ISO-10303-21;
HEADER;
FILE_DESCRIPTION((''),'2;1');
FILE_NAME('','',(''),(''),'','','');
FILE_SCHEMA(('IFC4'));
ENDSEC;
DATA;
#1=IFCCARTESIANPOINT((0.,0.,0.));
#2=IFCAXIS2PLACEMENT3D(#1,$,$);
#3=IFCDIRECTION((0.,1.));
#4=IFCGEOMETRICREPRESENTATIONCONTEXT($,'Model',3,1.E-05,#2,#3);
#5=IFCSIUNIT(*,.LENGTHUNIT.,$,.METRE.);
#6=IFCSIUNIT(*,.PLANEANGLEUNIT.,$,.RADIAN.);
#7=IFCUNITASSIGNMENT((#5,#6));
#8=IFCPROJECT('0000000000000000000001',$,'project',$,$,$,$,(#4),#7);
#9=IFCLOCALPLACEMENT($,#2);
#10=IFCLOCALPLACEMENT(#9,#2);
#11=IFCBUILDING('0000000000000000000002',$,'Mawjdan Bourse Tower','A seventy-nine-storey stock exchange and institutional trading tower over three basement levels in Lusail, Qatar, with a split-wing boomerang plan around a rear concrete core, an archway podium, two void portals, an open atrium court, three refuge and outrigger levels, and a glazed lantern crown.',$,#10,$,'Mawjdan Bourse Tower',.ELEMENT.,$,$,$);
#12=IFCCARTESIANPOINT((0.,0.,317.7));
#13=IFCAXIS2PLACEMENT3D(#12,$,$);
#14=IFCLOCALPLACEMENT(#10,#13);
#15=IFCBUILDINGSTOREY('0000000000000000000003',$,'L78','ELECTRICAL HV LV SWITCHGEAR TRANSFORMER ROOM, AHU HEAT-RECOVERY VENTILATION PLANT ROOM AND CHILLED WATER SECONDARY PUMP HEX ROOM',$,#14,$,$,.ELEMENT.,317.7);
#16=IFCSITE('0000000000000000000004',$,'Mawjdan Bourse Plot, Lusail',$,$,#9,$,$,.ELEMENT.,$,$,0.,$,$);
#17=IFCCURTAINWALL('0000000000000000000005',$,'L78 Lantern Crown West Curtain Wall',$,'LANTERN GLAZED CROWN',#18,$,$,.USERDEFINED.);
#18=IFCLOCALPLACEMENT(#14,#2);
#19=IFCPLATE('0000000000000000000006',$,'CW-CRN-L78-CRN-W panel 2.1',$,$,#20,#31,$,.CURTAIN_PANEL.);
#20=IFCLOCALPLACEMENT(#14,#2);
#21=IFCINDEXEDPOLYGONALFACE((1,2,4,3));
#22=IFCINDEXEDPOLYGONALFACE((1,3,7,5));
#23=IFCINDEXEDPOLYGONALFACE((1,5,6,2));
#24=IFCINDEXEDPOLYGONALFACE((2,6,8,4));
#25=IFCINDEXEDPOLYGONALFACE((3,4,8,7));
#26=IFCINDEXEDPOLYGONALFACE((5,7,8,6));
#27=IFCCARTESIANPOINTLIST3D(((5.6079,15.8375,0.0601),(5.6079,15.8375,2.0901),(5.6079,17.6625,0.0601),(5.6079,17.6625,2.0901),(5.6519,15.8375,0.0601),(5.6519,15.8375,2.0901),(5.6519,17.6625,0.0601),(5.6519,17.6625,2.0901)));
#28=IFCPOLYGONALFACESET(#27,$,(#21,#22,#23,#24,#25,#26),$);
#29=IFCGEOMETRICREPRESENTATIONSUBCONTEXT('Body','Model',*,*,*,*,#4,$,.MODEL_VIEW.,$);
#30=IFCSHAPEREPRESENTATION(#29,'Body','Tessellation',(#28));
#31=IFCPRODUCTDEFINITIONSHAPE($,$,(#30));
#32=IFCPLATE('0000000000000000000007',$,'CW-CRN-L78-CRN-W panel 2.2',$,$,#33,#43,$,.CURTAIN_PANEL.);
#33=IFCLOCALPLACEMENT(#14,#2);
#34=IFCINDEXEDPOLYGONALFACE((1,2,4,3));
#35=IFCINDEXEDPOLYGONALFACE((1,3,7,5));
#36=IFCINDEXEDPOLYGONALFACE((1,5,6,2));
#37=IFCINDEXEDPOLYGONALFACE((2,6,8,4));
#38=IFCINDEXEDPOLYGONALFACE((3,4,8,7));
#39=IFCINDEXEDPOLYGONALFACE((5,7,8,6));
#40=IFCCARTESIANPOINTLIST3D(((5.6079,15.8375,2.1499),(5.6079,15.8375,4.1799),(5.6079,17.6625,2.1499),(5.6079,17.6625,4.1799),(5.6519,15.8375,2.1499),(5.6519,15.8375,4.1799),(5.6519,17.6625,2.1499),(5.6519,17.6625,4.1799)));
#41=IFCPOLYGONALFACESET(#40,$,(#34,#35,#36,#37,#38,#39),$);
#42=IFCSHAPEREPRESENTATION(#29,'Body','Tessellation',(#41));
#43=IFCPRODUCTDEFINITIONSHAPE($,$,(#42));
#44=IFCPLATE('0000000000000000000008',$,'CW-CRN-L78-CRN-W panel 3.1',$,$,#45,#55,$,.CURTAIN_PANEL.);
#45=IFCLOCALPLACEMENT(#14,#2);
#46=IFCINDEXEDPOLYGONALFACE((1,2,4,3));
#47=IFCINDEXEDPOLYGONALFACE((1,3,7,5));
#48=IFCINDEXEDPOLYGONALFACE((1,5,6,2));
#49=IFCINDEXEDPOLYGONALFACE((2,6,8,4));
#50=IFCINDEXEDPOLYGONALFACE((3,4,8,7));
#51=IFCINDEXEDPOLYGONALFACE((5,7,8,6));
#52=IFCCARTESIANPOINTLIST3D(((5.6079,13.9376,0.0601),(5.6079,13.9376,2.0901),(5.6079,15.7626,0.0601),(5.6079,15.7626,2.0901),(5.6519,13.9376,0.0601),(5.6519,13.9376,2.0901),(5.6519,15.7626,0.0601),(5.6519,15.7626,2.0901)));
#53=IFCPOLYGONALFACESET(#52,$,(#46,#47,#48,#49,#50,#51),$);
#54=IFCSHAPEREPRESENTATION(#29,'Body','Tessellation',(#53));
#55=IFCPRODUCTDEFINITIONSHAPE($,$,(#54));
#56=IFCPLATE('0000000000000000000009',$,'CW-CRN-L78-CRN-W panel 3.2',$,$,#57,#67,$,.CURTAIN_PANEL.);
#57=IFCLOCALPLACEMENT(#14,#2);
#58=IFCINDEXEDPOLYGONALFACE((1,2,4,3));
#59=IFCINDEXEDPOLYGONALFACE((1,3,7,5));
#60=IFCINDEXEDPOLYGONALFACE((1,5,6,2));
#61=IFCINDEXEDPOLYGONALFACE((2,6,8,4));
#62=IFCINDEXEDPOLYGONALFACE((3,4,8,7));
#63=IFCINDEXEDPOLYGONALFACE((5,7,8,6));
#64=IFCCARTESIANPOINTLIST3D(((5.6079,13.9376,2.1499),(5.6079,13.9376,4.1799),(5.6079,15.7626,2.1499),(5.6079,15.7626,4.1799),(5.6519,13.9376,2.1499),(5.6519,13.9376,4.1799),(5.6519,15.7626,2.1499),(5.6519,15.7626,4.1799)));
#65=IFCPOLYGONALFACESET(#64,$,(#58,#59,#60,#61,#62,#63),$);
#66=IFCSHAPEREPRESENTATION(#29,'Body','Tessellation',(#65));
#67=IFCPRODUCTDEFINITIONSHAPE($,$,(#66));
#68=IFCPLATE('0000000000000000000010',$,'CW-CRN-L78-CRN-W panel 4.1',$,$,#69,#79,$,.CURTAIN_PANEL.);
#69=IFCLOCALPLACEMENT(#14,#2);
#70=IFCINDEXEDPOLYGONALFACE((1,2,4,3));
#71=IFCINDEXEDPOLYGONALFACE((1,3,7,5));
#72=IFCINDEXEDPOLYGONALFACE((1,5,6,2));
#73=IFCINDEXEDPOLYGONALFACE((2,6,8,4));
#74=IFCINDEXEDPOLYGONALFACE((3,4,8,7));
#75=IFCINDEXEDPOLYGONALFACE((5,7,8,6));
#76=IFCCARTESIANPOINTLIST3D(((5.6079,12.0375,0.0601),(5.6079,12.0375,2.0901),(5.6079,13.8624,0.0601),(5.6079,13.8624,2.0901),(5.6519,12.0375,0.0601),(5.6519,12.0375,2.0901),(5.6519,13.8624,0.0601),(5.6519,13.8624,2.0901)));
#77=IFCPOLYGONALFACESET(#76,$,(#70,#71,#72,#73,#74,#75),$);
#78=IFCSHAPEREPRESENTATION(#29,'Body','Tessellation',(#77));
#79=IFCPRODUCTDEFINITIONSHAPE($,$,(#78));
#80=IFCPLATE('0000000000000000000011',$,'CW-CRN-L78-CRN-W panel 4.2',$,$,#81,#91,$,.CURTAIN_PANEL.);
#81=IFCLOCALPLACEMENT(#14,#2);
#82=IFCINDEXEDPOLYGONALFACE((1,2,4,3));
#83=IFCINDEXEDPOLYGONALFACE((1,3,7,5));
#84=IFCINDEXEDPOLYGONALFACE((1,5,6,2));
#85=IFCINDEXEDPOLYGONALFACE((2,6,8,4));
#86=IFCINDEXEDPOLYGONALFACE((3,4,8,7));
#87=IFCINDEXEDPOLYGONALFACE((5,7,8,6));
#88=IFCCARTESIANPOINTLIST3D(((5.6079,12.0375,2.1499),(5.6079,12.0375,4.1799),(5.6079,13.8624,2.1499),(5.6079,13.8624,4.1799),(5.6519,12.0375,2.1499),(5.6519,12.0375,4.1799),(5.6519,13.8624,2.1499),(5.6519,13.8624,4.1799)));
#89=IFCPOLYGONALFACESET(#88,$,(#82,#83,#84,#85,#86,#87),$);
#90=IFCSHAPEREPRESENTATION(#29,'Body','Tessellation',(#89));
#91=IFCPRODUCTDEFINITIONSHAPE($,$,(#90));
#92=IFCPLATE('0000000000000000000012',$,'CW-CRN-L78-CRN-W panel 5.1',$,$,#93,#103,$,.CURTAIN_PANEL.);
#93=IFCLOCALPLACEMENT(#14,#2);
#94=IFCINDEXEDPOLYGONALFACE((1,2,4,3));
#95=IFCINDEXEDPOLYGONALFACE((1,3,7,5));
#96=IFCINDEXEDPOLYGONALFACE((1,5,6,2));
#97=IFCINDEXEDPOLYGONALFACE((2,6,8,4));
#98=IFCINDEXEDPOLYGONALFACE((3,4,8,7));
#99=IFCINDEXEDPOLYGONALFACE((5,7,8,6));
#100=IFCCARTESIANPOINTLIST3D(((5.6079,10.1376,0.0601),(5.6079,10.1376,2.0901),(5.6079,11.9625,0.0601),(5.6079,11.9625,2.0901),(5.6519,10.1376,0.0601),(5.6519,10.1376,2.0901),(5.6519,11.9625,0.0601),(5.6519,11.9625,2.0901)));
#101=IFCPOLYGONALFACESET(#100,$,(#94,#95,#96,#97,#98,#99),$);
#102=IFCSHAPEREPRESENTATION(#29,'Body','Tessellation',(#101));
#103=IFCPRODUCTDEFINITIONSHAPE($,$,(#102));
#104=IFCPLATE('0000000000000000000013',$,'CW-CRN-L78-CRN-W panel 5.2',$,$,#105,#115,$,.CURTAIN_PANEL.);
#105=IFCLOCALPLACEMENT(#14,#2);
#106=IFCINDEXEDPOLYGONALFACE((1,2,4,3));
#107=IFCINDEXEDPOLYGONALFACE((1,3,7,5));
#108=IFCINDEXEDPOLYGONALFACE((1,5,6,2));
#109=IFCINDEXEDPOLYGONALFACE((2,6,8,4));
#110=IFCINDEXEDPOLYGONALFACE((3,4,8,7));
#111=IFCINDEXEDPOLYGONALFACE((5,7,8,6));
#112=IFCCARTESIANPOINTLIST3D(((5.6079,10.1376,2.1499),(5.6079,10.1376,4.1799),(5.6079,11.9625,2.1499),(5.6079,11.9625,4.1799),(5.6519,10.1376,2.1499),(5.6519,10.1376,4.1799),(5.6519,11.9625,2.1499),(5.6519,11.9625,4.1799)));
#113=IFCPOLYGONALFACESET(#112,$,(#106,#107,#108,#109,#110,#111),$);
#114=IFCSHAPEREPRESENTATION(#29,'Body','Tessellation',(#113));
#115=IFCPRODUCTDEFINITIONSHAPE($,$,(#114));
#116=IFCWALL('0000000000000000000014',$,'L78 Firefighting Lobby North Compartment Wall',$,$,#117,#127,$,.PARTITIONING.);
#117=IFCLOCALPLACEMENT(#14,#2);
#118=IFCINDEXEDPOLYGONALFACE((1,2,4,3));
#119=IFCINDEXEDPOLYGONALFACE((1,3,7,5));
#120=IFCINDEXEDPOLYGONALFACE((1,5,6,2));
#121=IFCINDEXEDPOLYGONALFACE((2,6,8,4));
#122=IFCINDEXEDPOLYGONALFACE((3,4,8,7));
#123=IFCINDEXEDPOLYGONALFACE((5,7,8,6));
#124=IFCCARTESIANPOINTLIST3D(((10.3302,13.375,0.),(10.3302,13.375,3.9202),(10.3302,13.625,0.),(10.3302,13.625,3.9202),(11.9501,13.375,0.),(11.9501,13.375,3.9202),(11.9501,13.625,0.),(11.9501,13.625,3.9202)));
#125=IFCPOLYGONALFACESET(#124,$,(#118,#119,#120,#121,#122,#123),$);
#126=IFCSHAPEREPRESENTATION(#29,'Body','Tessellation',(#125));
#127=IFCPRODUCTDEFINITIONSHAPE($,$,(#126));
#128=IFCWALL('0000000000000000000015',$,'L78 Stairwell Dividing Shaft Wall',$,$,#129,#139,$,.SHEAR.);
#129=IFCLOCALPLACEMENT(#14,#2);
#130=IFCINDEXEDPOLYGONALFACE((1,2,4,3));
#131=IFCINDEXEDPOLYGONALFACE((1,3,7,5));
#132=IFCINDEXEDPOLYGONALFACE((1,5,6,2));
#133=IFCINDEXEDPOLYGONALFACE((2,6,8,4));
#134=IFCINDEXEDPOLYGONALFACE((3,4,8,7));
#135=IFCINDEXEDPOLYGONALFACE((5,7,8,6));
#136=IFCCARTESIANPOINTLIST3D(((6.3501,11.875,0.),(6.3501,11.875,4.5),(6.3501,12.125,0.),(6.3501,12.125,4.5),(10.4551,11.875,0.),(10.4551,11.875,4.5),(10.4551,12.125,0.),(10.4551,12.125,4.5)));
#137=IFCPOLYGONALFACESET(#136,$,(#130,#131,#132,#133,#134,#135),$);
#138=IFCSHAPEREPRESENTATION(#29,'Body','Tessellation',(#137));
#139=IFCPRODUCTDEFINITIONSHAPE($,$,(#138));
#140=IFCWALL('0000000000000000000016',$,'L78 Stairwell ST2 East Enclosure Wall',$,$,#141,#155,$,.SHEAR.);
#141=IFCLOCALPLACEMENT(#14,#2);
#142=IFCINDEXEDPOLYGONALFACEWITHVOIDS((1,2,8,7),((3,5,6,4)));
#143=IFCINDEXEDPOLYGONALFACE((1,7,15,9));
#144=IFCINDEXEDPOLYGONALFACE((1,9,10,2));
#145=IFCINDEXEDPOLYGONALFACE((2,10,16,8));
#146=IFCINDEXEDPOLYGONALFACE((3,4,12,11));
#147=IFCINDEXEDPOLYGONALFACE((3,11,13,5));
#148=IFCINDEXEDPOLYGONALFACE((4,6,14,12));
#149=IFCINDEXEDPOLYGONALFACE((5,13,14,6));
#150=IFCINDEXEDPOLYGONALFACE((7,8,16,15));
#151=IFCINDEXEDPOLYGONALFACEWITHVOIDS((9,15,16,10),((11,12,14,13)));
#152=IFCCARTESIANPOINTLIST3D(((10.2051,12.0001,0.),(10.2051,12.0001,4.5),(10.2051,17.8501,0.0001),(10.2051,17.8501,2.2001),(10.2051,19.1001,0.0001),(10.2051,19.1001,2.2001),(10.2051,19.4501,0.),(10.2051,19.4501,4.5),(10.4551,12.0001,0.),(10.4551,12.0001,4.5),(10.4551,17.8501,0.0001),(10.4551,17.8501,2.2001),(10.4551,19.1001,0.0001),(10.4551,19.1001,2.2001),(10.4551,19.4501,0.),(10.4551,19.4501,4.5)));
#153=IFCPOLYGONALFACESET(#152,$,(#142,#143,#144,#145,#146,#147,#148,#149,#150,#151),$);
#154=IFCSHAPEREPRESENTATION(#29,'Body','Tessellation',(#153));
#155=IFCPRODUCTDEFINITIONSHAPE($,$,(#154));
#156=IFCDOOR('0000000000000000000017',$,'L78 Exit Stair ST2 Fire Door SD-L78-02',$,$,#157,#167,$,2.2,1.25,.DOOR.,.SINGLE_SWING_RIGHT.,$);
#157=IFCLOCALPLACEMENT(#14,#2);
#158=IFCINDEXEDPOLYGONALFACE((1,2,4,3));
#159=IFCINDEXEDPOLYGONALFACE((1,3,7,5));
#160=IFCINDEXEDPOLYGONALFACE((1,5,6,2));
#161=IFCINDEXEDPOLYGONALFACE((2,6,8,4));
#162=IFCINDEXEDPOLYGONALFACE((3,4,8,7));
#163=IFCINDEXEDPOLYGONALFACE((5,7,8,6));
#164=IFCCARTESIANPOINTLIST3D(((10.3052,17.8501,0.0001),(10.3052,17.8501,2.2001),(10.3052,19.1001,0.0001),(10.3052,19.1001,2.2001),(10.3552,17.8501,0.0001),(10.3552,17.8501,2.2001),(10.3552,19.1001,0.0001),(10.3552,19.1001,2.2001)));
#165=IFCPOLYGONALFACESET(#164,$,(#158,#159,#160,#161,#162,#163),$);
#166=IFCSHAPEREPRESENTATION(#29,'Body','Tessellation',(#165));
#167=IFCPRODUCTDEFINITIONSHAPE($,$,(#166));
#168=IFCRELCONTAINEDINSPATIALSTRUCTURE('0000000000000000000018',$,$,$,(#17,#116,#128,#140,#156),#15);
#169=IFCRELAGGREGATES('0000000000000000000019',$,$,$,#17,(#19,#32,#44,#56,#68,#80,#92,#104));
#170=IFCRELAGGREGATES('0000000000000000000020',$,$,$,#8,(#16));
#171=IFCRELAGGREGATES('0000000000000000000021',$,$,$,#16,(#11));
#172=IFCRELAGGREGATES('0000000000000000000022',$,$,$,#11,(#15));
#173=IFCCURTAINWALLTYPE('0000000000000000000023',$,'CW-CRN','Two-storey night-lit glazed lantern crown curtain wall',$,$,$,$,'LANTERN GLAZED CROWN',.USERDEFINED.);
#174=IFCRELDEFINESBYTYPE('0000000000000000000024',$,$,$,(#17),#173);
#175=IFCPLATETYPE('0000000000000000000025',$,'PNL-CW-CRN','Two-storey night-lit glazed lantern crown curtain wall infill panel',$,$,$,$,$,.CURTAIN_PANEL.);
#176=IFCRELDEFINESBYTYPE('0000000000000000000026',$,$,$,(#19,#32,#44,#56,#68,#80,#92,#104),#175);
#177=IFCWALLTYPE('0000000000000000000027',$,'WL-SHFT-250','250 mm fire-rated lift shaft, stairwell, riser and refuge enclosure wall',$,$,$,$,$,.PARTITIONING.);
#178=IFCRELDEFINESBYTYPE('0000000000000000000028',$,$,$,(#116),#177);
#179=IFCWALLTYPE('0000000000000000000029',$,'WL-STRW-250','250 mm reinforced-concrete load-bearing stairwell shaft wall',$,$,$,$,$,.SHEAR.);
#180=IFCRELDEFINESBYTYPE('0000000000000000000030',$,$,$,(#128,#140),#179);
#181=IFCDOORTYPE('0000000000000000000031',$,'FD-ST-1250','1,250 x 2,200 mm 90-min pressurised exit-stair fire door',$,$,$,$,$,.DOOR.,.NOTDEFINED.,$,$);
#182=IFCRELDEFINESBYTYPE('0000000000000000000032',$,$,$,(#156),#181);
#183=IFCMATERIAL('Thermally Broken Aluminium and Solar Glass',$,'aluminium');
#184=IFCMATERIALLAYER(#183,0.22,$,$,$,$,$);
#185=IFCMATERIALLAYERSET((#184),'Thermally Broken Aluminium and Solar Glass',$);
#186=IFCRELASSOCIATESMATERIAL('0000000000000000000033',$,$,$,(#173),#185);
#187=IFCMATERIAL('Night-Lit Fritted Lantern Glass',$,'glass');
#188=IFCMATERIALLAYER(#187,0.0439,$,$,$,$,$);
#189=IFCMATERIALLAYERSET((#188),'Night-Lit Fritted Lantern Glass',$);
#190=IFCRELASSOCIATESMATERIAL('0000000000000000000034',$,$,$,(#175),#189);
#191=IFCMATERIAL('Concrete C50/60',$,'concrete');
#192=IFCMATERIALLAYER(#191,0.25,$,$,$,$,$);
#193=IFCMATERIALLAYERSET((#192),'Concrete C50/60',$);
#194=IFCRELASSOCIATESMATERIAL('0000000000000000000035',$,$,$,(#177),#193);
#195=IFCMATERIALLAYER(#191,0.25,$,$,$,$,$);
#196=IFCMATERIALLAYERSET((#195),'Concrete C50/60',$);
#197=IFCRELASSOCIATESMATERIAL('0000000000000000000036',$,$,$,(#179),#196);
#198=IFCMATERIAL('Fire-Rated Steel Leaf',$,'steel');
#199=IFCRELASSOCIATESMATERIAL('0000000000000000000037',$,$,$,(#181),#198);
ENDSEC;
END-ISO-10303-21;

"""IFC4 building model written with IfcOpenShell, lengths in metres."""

from ifc_helpers import new_model, si_unit, direction, frame, frame_2d, origin, origin_2d, place, context, subcontext, project, spatial, rectangle, extrude, material, layer, layer_set, type_object, element, fill, aggregate, save


model = new_model("IFC4")

# Units and contexts
model_context = context("Model", 3, precision=1e-05, world=origin(), true_north=direction((0.0, 1.0)))
body_context = subcontext(model_context, "Body", "Model", "MODEL_VIEW")
ifc_project = project(units=[si_unit("LENGTHUNIT", "METRE"), si_unit("PLANEANGLEUNIT", "RADIAN")], contexts=[model_context])

# Site, building, storey
site_placement = place(None, origin())
site = spatial("IfcSite", under=ifc_project, at=site_placement, Name="Mawjdan Bourse Plot, Lusail", CompositionType="ELEMENT", RefElevation=0.0)
building_placement = place(site_placement, origin())
building = spatial("IfcBuilding", under=site, at=building_placement, Name="Mawjdan Bourse Tower", Description="A seventy-nine-storey stock exchange and institutional trading tower over three basement levels in Lusail, Qatar, with a split-wing boomerang plan around a rear concrete core, an archway podium, two void portals, an open atrium court, three refuge and outrigger levels, and a glazed lantern crown.", LongName="Mawjdan Bourse Tower", CompositionType="ELEMENT")
storey_placement = place(building_placement, frame((0.0, 0.0, 317.7)))
storey = spatial("IfcBuildingStorey", under=building, at=storey_placement, Name="L78", Description="ELECTRICAL HV LV SWITCHGEAR TRANSFORMER ROOM, AHU HEAT-RECOVERY VENTILATION PLANT ROOM AND CHILLED WATER SECONDARY PUMP HEX ROOM", CompositionType="ELEMENT", Elevation=317.7)

# Curtain wall, plates
ifc_material_1 = material(Name="Thermally Broken Aluminium and Solar Glass", Category="aluminium")
ifc_layer_1 = layer(ifc_material_1, 0.22)
ifc_layer_set_1 = layer_set([ifc_layer_1], Name="Thermally Broken Aluminium and Solar Glass")
curtain_wall_type = type_object("IfcCurtainWallType", Name="CW-CRN", Description="Two-storey night-lit glazed lantern crown curtain wall", ElementType="LANTERN GLAZED CROWN", PredefinedType="USERDEFINED", material=ifc_layer_set_1)
curtain_wall_placement = place(storey_placement, origin())
curtain_wall = element("IfcCurtainWall", 1, at=curtain_wall_placement, inside=storey, type_object=curtain_wall_type, Name="L78 Lantern Crown West Curtain Wall", ObjectType="LANTERN GLAZED CROWN", PredefinedType="USERDEFINED")
ifc_material_2 = material(Name="Night-Lit Fritted Lantern Glass", Category="glass")
ifc_layer_2 = layer(ifc_material_2, 0.0439)
ifc_layer_set_2 = layer_set([ifc_layer_2], Name="Night-Lit Fritted Lantern Glass")
plate_type = type_object("IfcPlateType", Name="PNL-CW-CRN", Description="Two-storey night-lit glazed lantern crown curtain wall infill panel", PredefinedType="CURTAIN_PANEL", material=ifc_layer_set_2)
plate_1_placement = place(storey_placement, frame((5.6299, 16.75, 0.0601), z_axis=(0.0, 0.0, 1.0), x_axis=(0.0, -1.0, 0.0)))
plate_1 = element("IfcPlate", 2, at=plate_1_placement, type_object=plate_type, Name="CW-CRN-L78-CRN-W panel 2.1", PredefinedType="CURTAIN_PANEL", context=body_context, shape_type="SweptSolid", body=[
    extrude(rectangle(XDim=1.825, YDim=0.0439, at=origin_2d()), origin(), (0.0, 0.0, 1.0), 2.03),
])
plate_2_placement = place(storey_placement, frame((5.6299, 16.75, 2.1499), z_axis=(0.0, 0.0, 1.0), x_axis=(0.0, -1.0, 0.0)))
plate_2 = element("IfcPlate", 3, at=plate_2_placement, type_object=plate_type, Name="CW-CRN-L78-CRN-W panel 2.2", PredefinedType="CURTAIN_PANEL", context=body_context, shape_type="SweptSolid", body=[
    extrude(rectangle(XDim=1.825, YDim=0.0439, at=origin_2d()), origin(), (0.0, 0.0, 1.0), 2.03),
])
plate_3_placement = place(storey_placement, frame((5.6299, 14.8501, 0.0601), z_axis=(0.0, 0.0, 1.0), x_axis=(0.0, -1.0, 0.0)))
plate_3 = element("IfcPlate", 4, at=plate_3_placement, type_object=plate_type, Name="CW-CRN-L78-CRN-W panel 3.1", PredefinedType="CURTAIN_PANEL", context=body_context, shape_type="SweptSolid", body=[
    extrude(rectangle(XDim=1.825, YDim=0.0439, at=origin_2d()), origin(), (0.0, 0.0, 1.0), 2.03),
])
plate_4_placement = place(storey_placement, frame((5.6299, 14.8501, 2.1499), z_axis=(0.0, 0.0, 1.0), x_axis=(0.0, -1.0, 0.0)))
plate_4 = element("IfcPlate", 5, at=plate_4_placement, type_object=plate_type, Name="CW-CRN-L78-CRN-W panel 3.2", PredefinedType="CURTAIN_PANEL", context=body_context, shape_type="SweptSolid", body=[
    extrude(rectangle(XDim=1.825, YDim=0.0439, at=origin_2d()), origin(), (0.0, 0.0, 1.0), 2.03),
])
plate_5_placement = place(storey_placement, frame((5.6299, 12.95, 0.0601), z_axis=(0.0, 0.0, 1.0), x_axis=(0.0, -1.0, 0.0)))
plate_5 = element("IfcPlate", 6, at=plate_5_placement, type_object=plate_type, Name="CW-CRN-L78-CRN-W panel 4.1", PredefinedType="CURTAIN_PANEL", context=body_context, shape_type="SweptSolid", body=[
    extrude(rectangle(XDim=1.825, YDim=0.0439, at=origin_2d()), origin(), (0.0, 0.0, 1.0), 2.03),
])
plate_6_placement = place(storey_placement, frame((5.6299, 12.95, 2.1499), z_axis=(0.0, 0.0, 1.0), x_axis=(0.0, -1.0, 0.0)))
plate_6 = element("IfcPlate", 7, at=plate_6_placement, type_object=plate_type, Name="CW-CRN-L78-CRN-W panel 4.2", PredefinedType="CURTAIN_PANEL", context=body_context, shape_type="SweptSolid", body=[
    extrude(rectangle(XDim=1.825, YDim=0.0439, at=origin_2d()), origin(), (0.0, 0.0, 1.0), 2.03),
])
plate_7_placement = place(storey_placement, frame((5.6299, 11.05, 0.0601), z_axis=(0.0, 0.0, 1.0), x_axis=(0.0, -1.0, 0.0)))
plate_7 = element("IfcPlate", 8, at=plate_7_placement, type_object=plate_type, Name="CW-CRN-L78-CRN-W panel 5.1", PredefinedType="CURTAIN_PANEL", context=body_context, shape_type="SweptSolid", body=[
    extrude(rectangle(XDim=1.825, YDim=0.0439, at=origin_2d()), origin(), (0.0, 0.0, 1.0), 2.03),
])
plate_8_placement = place(storey_placement, frame((5.6299, 11.05, 2.1499), z_axis=(0.0, 0.0, 1.0), x_axis=(0.0, -1.0, 0.0)))
plate_8 = element("IfcPlate", 9, at=plate_8_placement, type_object=plate_type, Name="CW-CRN-L78-CRN-W panel 5.2", PredefinedType="CURTAIN_PANEL", context=body_context, shape_type="SweptSolid", body=[
    extrude(rectangle(XDim=1.825, YDim=0.0439, at=origin_2d()), origin(), (0.0, 0.0, 1.0), 2.03),
])
aggregate(curtain_wall, [plate_1, plate_2, plate_3, plate_4, plate_5, plate_6, plate_7, plate_8])

# Walls
ifc_material_3 = material(Name="Concrete C50/60", Category="concrete")
ifc_layer_3 = layer(ifc_material_3, 0.25)
ifc_layer_set_3 = layer_set([ifc_layer_3], Name="Concrete C50/60")
wall_type_1 = type_object("IfcWallType", Name="WL-SHFT-250", Description="250 mm fire-rated lift shaft, stairwell, riser and refuge enclosure wall", PredefinedType="PARTITIONING", material=ifc_layer_set_3)
wall_1_placement = place(storey_placement, frame((10.3301, 13.5, 0.0), z_axis=(0.0, 0.0, 1.0), x_axis=(1.0, 0.0, 0.0)))
element("IfcWall", 10, at=wall_1_placement, inside=storey, type_object=wall_type_1, Name="L78 Firefighting Lobby North Compartment Wall", PredefinedType="PARTITIONING", context=body_context, shape_type="SweptSolid", body=[
    extrude(rectangle(XDim=1.6199, YDim=0.25, at=frame_2d((0.8101, 0.0))), origin(), (0.0, 0.0, 1.0), 3.9202),
])
ifc_layer_4 = layer(ifc_material_3, 0.25)
ifc_layer_set_4 = layer_set([ifc_layer_4], Name="Concrete C50/60")
wall_type_2 = type_object("IfcWallType", Name="WL-STRW-250", Description="250 mm reinforced-concrete load-bearing stairwell shaft wall", PredefinedType="SHEAR", material=ifc_layer_set_4)
wall_2_placement = place(storey_placement, frame((6.3501, 12.0, 0.0), z_axis=(0.0, 0.0, 1.0), x_axis=(1.0, 0.0, 0.0)))
element("IfcWall", 11, at=wall_2_placement, inside=storey, type_object=wall_type_2, Name="L78 Stairwell Dividing Shaft Wall", PredefinedType="SHEAR", context=body_context, shape_type="SweptSolid", body=[
    extrude(rectangle(XDim=4.105, YDim=0.25, at=frame_2d((2.0525, 0.0))), origin(), (0.0, 0.0, 1.0), 4.5),
])

# Wall, opening, door
wall_3_placement = place(storey_placement, frame((10.3301, 12.0, 0.0), z_axis=(0.0, 0.0, 1.0), x_axis=(0.0, 1.0, 0.0)))
wall_3 = element("IfcWall", 12, at=wall_3_placement, inside=storey, type_object=wall_type_2, Name="L78 Stairwell ST2 East Enclosure Wall", PredefinedType="SHEAR", context=body_context, shape_type="SweptSolid", body=[
    extrude(rectangle(XDim=7.45, YDim=0.25, at=frame_2d((3.7251, 0.0))), origin(), (0.0, 0.0, 1.0), 4.5),
])
opening_placement = place(wall_3_placement, frame((5.8501, 0.0, 0.0)))
opening = element("IfcOpeningElement", 13, at=opening_placement, cuts=wall_3, PredefinedType="OPENING", context=body_context, shape_type="SweptSolid", body=[
    extrude(rectangle(XDim=1.25, YDim=2.2, at=frame_2d((0.625, 1.1001))), frame((0.0, 0.135, 0.0), z_axis=(0.0, -1.0, 0.0), x_axis=(1.0, 0.0, 0.0)), (0.0, 0.0, 1.0), 0.27),
])
ifc_material_4 = material(Name="Fire-Rated Steel Leaf", Category="steel")
door_type = type_object("IfcDoorType", Name="FD-ST-1250", Description="1,250 x 2,200 mm 90-min pressurised exit-stair fire door", OperationType="NOTDEFINED", PredefinedType="DOOR", material=ifc_material_4)
door_placement = place(opening_placement, origin())
door = element("IfcDoor", 14, at=door_placement, inside=storey, type_object=door_type, Name="L78 Exit Stair ST2 Fire Door SD-L78-02", OperationType="SINGLE_SWING_RIGHT", OverallHeight=2.2, OverallWidth=1.25, PredefinedType="DOOR", context=body_context, shape_type="SweptSolid", body=[
    extrude(rectangle(XDim=1.25, YDim=2.2, at=frame_2d((0.625, 1.1001))), frame((0.0, 0.0249, 0.0), z_axis=(0.0, -1.0, 0.0), x_axis=(1.0, 0.0, 0.0)), (0.0, 0.0, 1.0), 0.05),
])
fill(opening, door)

save(model, "model.ifc")
